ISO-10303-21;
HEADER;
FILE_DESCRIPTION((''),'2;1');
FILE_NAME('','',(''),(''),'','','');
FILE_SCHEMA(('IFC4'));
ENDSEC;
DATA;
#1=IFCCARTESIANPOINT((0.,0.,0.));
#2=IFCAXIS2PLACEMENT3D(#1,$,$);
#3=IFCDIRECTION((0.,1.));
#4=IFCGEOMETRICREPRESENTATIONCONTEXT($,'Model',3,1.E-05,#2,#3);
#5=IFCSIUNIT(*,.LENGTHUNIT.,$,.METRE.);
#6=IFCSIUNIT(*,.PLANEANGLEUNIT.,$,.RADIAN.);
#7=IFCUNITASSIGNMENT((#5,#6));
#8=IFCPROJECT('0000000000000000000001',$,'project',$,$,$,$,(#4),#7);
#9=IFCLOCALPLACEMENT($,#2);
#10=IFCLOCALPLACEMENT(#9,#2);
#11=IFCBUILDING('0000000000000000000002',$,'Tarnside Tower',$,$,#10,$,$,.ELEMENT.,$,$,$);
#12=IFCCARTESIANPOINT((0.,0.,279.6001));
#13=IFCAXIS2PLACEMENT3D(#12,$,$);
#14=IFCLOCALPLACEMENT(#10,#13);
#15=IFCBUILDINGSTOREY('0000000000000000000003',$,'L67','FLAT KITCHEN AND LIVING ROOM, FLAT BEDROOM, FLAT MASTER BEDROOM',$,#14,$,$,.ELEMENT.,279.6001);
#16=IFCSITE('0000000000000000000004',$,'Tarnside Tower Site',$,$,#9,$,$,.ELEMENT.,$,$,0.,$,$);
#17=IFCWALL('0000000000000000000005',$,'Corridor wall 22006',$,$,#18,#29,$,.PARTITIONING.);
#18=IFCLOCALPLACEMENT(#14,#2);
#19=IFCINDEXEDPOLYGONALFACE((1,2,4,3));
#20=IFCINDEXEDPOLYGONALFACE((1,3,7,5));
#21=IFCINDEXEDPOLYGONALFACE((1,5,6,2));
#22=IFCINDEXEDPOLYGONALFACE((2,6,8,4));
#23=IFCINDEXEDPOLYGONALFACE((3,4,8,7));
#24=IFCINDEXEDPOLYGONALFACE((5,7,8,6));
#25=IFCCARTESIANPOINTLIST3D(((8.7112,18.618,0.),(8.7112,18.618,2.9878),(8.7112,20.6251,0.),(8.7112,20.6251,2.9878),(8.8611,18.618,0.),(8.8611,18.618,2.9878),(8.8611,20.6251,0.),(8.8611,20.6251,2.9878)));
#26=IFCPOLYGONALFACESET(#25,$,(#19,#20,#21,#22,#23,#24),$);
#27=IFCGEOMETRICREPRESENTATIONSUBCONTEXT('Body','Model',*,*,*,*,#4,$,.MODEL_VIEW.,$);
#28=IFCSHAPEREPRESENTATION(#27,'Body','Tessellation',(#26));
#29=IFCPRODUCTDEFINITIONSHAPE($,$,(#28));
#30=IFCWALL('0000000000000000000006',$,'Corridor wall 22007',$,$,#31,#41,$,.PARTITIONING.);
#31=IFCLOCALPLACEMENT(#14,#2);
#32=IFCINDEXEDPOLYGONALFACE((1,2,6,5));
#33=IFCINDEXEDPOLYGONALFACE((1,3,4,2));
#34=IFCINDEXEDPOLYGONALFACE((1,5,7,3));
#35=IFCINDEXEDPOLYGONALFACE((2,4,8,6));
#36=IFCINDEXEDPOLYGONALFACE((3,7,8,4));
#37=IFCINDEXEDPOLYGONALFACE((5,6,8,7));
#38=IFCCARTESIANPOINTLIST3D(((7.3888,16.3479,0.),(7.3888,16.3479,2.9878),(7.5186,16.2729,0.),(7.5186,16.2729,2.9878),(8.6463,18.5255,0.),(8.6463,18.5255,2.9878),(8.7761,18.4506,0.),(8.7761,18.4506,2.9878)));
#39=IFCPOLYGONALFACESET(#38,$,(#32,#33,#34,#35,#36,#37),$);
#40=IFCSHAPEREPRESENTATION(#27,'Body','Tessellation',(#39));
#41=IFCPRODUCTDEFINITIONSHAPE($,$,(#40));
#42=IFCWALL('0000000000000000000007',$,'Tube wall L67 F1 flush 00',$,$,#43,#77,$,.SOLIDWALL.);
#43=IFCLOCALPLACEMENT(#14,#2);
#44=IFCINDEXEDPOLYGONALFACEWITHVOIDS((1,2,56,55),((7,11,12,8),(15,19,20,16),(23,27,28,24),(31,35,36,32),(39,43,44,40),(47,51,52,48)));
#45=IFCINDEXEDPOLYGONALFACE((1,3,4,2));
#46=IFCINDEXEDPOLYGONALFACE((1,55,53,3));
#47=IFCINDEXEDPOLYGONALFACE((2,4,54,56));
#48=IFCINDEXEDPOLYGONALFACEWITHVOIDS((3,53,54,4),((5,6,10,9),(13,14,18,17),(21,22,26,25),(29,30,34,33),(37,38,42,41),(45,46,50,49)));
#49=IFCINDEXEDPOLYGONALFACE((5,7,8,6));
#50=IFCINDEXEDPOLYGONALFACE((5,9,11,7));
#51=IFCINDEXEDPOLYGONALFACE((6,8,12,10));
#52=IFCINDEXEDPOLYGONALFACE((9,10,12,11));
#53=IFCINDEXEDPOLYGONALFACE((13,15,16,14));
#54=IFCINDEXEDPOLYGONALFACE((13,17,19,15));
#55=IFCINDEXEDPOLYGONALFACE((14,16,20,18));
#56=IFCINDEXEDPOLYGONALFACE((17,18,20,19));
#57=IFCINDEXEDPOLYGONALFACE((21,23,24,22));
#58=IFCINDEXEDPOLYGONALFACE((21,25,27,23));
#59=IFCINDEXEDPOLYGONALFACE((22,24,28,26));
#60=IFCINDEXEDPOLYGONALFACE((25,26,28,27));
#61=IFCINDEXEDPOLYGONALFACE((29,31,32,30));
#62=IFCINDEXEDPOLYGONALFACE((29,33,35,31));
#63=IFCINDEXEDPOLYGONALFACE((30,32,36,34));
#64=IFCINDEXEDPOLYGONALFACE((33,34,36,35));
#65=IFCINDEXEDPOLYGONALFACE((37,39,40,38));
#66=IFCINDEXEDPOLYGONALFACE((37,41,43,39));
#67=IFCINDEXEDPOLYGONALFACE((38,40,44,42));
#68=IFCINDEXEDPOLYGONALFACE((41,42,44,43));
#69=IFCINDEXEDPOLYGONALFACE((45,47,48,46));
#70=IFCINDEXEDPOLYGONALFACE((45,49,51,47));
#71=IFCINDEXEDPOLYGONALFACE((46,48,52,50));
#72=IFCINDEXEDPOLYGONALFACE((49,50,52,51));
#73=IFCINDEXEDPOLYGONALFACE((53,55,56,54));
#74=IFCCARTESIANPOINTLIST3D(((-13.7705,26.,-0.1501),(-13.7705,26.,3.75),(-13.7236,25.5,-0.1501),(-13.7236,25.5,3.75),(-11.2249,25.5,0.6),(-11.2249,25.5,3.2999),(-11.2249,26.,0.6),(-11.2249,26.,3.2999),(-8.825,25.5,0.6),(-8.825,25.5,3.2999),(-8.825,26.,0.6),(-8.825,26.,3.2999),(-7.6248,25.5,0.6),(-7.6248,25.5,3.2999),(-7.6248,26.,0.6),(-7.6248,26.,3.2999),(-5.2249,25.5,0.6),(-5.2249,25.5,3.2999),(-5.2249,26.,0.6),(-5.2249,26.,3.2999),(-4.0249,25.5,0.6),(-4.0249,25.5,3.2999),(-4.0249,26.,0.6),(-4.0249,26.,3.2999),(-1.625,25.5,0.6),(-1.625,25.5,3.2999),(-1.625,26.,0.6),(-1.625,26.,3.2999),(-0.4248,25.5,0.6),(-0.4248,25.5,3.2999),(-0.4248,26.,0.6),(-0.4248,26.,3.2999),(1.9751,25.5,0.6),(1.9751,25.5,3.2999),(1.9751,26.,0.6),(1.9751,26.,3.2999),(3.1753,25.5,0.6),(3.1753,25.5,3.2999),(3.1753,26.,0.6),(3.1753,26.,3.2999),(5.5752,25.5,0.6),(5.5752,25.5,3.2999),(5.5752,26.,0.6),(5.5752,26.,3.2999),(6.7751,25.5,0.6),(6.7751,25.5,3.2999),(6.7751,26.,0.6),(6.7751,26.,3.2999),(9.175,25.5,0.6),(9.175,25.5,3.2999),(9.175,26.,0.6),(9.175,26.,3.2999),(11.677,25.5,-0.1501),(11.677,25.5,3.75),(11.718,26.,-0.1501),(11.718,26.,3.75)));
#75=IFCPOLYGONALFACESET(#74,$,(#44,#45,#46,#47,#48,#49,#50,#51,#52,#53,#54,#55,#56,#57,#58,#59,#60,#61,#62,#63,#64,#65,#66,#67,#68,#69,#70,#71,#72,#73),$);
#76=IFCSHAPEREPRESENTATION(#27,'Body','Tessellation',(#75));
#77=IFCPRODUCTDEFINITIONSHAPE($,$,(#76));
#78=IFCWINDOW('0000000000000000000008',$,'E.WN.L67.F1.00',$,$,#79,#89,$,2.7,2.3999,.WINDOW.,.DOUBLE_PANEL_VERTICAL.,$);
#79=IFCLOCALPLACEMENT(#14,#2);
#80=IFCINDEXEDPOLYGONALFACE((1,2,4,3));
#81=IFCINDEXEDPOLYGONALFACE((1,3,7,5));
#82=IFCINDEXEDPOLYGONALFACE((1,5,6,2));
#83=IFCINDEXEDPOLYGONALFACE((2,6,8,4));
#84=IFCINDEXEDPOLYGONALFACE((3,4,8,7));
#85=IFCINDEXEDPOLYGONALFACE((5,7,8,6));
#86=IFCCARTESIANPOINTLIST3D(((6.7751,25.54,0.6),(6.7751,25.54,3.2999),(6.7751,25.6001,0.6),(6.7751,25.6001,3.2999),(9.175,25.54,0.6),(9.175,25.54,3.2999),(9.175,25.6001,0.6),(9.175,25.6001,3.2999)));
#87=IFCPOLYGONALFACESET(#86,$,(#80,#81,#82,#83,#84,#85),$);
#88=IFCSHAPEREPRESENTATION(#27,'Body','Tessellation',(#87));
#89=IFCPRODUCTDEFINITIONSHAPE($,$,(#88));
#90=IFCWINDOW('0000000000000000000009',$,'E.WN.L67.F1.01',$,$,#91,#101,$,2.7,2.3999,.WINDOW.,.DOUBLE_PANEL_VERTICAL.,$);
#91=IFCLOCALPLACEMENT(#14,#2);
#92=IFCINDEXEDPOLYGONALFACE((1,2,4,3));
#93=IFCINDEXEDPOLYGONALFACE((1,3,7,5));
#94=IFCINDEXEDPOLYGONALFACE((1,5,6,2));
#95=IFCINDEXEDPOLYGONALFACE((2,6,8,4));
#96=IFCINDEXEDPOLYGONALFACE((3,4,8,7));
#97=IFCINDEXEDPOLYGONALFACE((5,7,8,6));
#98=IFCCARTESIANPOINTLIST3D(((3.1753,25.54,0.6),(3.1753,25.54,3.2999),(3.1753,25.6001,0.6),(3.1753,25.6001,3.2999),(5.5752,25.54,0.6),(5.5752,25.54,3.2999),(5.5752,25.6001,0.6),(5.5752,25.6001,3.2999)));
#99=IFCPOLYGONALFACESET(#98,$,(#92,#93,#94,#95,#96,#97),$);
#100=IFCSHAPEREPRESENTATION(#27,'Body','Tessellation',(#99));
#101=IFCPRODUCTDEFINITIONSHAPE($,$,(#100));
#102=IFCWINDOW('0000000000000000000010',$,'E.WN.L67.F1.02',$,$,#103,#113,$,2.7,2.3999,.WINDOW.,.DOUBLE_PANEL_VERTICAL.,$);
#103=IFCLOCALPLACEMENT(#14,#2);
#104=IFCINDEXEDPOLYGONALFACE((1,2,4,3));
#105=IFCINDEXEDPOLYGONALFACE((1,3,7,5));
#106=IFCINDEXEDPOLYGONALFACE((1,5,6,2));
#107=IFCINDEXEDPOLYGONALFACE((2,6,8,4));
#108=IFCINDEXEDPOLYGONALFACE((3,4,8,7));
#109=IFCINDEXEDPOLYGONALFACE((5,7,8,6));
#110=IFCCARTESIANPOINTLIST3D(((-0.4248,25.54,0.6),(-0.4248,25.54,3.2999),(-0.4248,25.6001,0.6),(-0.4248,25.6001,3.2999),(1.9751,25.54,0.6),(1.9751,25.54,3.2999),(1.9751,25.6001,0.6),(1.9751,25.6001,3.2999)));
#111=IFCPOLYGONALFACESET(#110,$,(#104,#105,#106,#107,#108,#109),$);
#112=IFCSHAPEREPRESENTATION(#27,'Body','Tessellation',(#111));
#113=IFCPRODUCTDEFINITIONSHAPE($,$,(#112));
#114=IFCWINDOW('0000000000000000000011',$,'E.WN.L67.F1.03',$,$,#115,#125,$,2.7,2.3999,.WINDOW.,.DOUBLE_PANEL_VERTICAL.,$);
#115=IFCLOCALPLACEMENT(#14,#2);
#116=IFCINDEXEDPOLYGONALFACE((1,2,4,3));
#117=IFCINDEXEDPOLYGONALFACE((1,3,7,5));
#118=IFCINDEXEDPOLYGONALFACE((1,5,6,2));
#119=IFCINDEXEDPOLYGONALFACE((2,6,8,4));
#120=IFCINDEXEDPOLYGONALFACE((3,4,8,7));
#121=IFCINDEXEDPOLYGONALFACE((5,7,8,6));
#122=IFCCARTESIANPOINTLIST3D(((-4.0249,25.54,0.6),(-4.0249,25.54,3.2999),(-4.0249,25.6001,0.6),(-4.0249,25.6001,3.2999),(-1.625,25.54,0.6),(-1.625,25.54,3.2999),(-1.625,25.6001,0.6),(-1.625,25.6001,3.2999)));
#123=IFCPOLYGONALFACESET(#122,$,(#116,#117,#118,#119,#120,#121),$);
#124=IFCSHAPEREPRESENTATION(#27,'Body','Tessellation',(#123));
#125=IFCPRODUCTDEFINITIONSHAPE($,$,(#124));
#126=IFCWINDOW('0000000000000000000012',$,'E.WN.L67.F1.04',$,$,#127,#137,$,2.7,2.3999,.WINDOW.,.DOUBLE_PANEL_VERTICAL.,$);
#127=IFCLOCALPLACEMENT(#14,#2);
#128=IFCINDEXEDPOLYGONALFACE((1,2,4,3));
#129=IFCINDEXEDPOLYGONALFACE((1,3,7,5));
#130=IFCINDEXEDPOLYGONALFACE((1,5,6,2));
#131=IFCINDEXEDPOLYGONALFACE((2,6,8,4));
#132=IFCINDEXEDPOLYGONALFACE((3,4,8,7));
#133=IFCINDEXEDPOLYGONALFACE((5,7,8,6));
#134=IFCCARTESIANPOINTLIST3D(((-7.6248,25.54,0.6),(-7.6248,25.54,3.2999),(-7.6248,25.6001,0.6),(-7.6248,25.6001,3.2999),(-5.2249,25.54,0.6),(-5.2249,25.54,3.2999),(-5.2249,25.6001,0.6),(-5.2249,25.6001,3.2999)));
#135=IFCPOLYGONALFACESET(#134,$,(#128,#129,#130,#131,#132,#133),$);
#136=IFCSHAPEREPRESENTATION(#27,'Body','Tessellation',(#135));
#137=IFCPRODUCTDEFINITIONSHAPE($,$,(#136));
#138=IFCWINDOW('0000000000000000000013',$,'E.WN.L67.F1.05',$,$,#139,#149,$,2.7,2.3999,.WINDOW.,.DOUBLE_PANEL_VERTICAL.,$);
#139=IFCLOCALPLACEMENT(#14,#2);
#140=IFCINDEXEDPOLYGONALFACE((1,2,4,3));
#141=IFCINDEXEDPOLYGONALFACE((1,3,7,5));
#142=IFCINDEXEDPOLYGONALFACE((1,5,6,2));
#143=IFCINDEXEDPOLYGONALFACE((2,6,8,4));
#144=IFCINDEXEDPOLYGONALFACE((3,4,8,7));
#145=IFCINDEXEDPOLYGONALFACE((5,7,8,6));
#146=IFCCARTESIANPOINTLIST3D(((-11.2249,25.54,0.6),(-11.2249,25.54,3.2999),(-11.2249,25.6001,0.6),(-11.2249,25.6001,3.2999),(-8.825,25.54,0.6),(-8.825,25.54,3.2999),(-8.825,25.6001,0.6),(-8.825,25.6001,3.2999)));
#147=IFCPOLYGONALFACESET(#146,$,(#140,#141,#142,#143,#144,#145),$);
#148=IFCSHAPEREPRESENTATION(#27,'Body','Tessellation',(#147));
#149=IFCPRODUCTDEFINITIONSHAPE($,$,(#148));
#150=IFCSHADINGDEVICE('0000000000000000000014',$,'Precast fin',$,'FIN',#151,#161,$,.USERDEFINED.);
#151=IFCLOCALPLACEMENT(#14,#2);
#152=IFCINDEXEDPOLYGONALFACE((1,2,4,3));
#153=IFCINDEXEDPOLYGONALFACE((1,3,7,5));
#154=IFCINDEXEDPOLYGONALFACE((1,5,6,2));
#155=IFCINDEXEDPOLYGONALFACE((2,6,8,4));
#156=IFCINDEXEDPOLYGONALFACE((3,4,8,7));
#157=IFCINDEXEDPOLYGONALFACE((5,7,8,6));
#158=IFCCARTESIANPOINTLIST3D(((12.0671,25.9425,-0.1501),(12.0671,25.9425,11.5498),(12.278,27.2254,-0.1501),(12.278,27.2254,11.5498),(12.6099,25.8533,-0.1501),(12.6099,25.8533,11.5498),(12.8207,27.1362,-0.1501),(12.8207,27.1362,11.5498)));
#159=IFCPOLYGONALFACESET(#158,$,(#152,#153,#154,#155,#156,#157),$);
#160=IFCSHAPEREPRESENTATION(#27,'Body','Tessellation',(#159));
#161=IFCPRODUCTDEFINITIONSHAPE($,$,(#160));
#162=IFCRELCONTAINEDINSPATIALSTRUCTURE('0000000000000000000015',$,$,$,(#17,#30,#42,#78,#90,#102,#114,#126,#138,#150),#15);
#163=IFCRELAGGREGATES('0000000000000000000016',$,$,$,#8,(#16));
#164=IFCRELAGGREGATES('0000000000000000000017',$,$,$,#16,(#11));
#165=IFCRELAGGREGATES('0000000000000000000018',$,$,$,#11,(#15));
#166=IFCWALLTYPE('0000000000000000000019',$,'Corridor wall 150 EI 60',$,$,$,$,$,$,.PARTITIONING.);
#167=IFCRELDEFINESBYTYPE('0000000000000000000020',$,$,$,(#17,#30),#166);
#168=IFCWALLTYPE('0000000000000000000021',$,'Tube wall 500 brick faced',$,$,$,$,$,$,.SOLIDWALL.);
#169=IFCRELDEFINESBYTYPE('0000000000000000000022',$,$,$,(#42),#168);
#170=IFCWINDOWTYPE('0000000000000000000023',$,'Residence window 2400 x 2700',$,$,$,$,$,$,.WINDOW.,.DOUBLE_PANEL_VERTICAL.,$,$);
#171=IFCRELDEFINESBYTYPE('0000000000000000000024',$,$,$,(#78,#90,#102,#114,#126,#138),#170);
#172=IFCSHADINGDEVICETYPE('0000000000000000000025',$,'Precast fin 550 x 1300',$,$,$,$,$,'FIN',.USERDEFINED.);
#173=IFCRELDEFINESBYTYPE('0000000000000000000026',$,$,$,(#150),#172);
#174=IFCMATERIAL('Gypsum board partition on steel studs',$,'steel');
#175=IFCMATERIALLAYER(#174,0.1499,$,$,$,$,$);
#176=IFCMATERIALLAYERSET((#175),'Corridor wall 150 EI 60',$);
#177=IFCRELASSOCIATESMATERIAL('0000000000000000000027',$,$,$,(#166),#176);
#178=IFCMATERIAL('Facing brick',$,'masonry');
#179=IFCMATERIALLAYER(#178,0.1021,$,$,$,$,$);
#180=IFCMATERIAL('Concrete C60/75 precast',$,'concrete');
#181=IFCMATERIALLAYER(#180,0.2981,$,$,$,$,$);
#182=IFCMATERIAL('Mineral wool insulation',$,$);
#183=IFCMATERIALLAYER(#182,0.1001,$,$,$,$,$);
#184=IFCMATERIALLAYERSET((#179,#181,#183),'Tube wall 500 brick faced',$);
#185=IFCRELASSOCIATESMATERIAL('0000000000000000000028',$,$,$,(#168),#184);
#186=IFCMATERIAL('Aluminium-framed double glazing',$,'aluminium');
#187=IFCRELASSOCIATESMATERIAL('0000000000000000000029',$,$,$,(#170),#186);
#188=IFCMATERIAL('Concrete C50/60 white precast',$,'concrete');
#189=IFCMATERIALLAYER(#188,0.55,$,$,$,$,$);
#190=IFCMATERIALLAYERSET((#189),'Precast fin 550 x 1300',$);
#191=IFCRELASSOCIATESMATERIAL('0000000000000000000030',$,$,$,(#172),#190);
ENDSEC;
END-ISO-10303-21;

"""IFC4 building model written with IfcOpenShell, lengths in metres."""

from ifc_helpers import new_model, si_unit, direction, frame, frame_2d, origin, place, context, subcontext, project, spatial, polyline, rectangle, outline, extrude, material, layer, layer_set, type_object, element, fill, save


model = new_model("IFC4")

# Units and contexts
model_context = context("Model", 3, precision=1e-05, world=origin(), true_north=direction((0.0, 1.0)))
body_context = subcontext(model_context, "Body", "Model", "MODEL_VIEW")
ifc_project = project(units=[si_unit("LENGTHUNIT", "METRE"), si_unit("PLANEANGLEUNIT", "RADIAN")], contexts=[model_context])

# Site, building, storey
site_placement = place(None, origin())
site = spatial("IfcSite", under=ifc_project, at=site_placement, Name="Tarnside Tower Site", CompositionType="ELEMENT", RefElevation=0.0)
building_placement = place(site_placement, origin())
building = spatial("IfcBuilding", under=site, at=building_placement, Name="Tarnside Tower", CompositionType="ELEMENT")
storey_placement = place(building_placement, frame((0.0, 0.0, 279.6001)))
storey = spatial("IfcBuildingStorey", under=building, at=storey_placement, Name="L67", Description="FLAT KITCHEN AND LIVING ROOM, FLAT BEDROOM, FLAT MASTER BEDROOM", CompositionType="ELEMENT", Elevation=279.6001)

# Shared definitions
ifc_material_1 = material(Name="Gypsum board partition on steel studs", Category="steel")

# Shared definitions
ifc_layer_1 = layer(ifc_material_1, 0.1499)
ifc_layer_set_1 = layer_set([ifc_layer_1], Name="Corridor wall 150 EI 60")
wall_type_1 = type_object("IfcWallType", Name="Corridor wall 150 EI 60", PredefinedType="PARTITIONING", material=ifc_layer_set_1)

# Walls
wall_1_placement = place(storey_placement, frame((8.7861, 20.625, 0.0), z_axis=(0.0, 0.0, 1.0), x_axis=(0.0, -1.0, 0.0)))
element("IfcWall", 1, at=wall_1_placement, inside=storey, type_object=wall_type_1, Name="Corridor wall 22006", PredefinedType="PARTITIONING", context=body_context, shape_type="SweptSolid", body=[
    extrude(rectangle(XDim=2.0071, YDim=0.1499, at=frame_2d((1.0034, 0.0))), origin(), (0.0, 0.0, 1.0), 2.9878),
])
wall_2_placement = place(storey_placement, frame((8.7112, 18.488, 0.0), z_axis=(0.0, 0.0, 1.0), x_axis=(-0.500075, -0.865982, 0.0)))
element("IfcWall", 2, at=wall_2_placement, inside=storey, type_object=wall_type_1, Name="Corridor wall 22007", PredefinedType="PARTITIONING", context=body_context, shape_type="SweptSolid", body=[
    extrude(rectangle(XDim=2.5146, YDim=0.1499, at=frame_2d((1.2573, 0.0))), origin(), (0.0, 0.0, 1.0), 2.9878),
])

# Wall, openings, windows
ifc_material_2 = material(Name="Facing brick", Category="masonry")
ifc_layer_2 = layer(ifc_material_2, 0.1021)
ifc_material_3 = material(Name="Concrete C60/75 precast", Category="concrete")
ifc_layer_3 = layer(ifc_material_3, 0.2981)
ifc_material_4 = material(Name="Mineral wool insulation")
ifc_layer_4 = layer(ifc_material_4, 0.1001)
ifc_layer_set_2 = layer_set([ifc_layer_2, ifc_layer_3, ifc_layer_4], Name="Tube wall 500 brick faced")
wall_type_2 = type_object("IfcWallType", Name="Tube wall 500 brick faced", PredefinedType="SOLIDWALL", material=ifc_layer_set_2)
wall_3_placement = place(storey_placement, frame((11.6975, 25.75, -0.1501), z_axis=(0.0, 0.0, 1.0), x_axis=(-1.0, 0.0, 0.0)))
wall_3 = element("IfcWall", 3, at=wall_3_placement, inside=storey, type_object=wall_type_2, Name="Tube wall L67 F1 flush 00", PredefinedType="SOLIDWALL", context=body_context, shape_type="SweptSolid", body=[
    extrude(outline(polyline([(-0.0205, -0.25), (25.468, -0.25), (25.4211, 0.25), (0.0205, 0.25), (-0.0205, -0.25)])), origin(), (0.0, 0.0, 1.0), 3.9001),
])
opening_1_placement = place(wall_3_placement, frame((2.5225, 0.0, 0.75)))
opening_1 = element("IfcOpeningElement", 4, at=opening_1_placement, cuts=wall_3, PredefinedType="OPENING", context=body_context, shape_type="SweptSolid", body=[
    extrude(rectangle(XDim=2.3999, YDim=2.7, at=frame_2d((1.2, 1.3501))), frame((0.0, 0.26, 0.0), z_axis=(0.0, -1.0, 0.0), x_axis=(1.0, 0.0, 0.0)), (0.0, 0.0, 1.0), 0.52),
])
opening_2_placement = place(wall_3_placement, frame((6.1223, 0.0, 0.75)))
opening_2 = element("IfcOpeningElement", 5, at=opening_2_placement, cuts=wall_3, PredefinedType="OPENING", context=body_context, shape_type="SweptSolid", body=[
    extrude(rectangle(XDim=2.3999, YDim=2.7, at=frame_2d((1.2, 1.3501))), frame((0.0, 0.26, 0.0), z_axis=(0.0, -1.0, 0.0), x_axis=(1.0, 0.0, 0.0)), (0.0, 0.0, 1.0), 0.52),
])
opening_3_placement = place(wall_3_placement, frame((9.7224, 0.0, 0.75)))
opening_3 = element("IfcOpeningElement", 6, at=opening_3_placement, cuts=wall_3, PredefinedType="OPENING", context=body_context, shape_type="SweptSolid", body=[
    extrude(rectangle(XDim=2.3999, YDim=2.7, at=frame_2d((1.2, 1.3501))), frame((0.0, 0.26, 0.0), z_axis=(0.0, -1.0, 0.0), x_axis=(1.0, 0.0, 0.0)), (0.0, 0.0, 1.0), 0.52),
])
opening_4_placement = place(wall_3_placement, frame((13.3225, 0.0, 0.75)))
opening_4 = element("IfcOpeningElement", 7, at=opening_4_placement, cuts=wall_3, PredefinedType="OPENING", context=body_context, shape_type="SweptSolid", body=[
    extrude(rectangle(XDim=2.3999, YDim=2.7, at=frame_2d((1.2, 1.3501))), frame((0.0, 0.26, 0.0), z_axis=(0.0, -1.0, 0.0), x_axis=(1.0, 0.0, 0.0)), (0.0, 0.0, 1.0), 0.52),
])
opening_5_placement = place(wall_3_placement, frame((16.9224, 0.0, 0.75)))
opening_5 = element("IfcOpeningElement", 8, at=opening_5_placement, cuts=wall_3, PredefinedType="OPENING", context=body_context, shape_type="SweptSolid", body=[
    extrude(rectangle(XDim=2.3999, YDim=2.7, at=frame_2d((1.2, 1.3501))), frame((0.0, 0.26, 0.0), z_axis=(0.0, -1.0, 0.0), x_axis=(1.0, 0.0, 0.0)), (0.0, 0.0, 1.0), 0.52),
])
opening_6_placement = place(wall_3_placement, frame((20.5225, 0.0, 0.75)))
opening_6 = element("IfcOpeningElement", 9, at=opening_6_placement, cuts=wall_3, PredefinedType="OPENING", context=body_context, shape_type="SweptSolid", body=[
    extrude(rectangle(XDim=2.3999, YDim=2.7, at=frame_2d((1.2, 1.3501))), frame((0.0, 0.26, 0.0), z_axis=(0.0, -1.0, 0.0), x_axis=(1.0, 0.0, 0.0)), (0.0, 0.0, 1.0), 0.52),
])
ifc_material_5 = material(Name="Aluminium-framed double glazing", Category="aluminium")
window_type = type_object("IfcWindowType", Name="Residence window 2400 x 2700", PartitioningType="DOUBLE_PANEL_VERTICAL", PredefinedType="WINDOW", material=ifc_material_5)
window_1_placement = place(opening_1_placement, frame((0.0, 0.1799, 0.0)))
window_1 = element("IfcWindow", 10, at=window_1_placement, inside=storey, type_object=window_type, Name="E.WN.L67.F1.00", OverallHeight=2.7, OverallWidth=2.3999, PartitioningType="DOUBLE_PANEL_VERTICAL", PredefinedType="WINDOW", context=body_context, shape_type="SweptSolid", body=[
    extrude(rectangle(XDim=2.3999, YDim=2.7, at=frame_2d((1.2, 1.3501))), frame((0.0, 0.03, 0.0), z_axis=(0.0, -1.0, 0.0), x_axis=(1.0, 0.0, 0.0)), (0.0, 0.0, 1.0), 0.0601),
])
fill(opening_1, window_1)
window_2_placement = place(opening_2_placement, frame((0.0, 0.1799, 0.0)))
window_2 = element("IfcWindow", 11, at=window_2_placement, inside=storey, type_object=window_type, Name="E.WN.L67.F1.01", OverallHeight=2.7, OverallWidth=2.3999, PartitioningType="DOUBLE_PANEL_VERTICAL", PredefinedType="WINDOW", context=body_context, shape_type="SweptSolid", body=[
    extrude(rectangle(XDim=2.3999, YDim=2.7, at=frame_2d((1.2, 1.3501))), frame((0.0, 0.03, 0.0), z_axis=(0.0, -1.0, 0.0), x_axis=(1.0, 0.0, 0.0)), (0.0, 0.0, 1.0), 0.0601),
])
fill(opening_2, window_2)
window_3_placement = place(opening_3_placement, frame((0.0, 0.1799, 0.0)))
window_3 = element("IfcWindow", 12, at=window_3_placement, inside=storey, type_object=window_type, Name="E.WN.L67.F1.02", OverallHeight=2.7, OverallWidth=2.3999, PartitioningType="DOUBLE_PANEL_VERTICAL", PredefinedType="WINDOW", context=body_context, shape_type="SweptSolid", body=[
    extrude(rectangle(XDim=2.3999, YDim=2.7, at=frame_2d((1.2, 1.3501))), frame((0.0, 0.03, 0.0), z_axis=(0.0, -1.0, 0.0), x_axis=(1.0, 0.0, 0.0)), (0.0, 0.0, 1.0), 0.0601),
])
fill(opening_3, window_3)
window_4_placement = place(opening_4_placement, frame((0.0, 0.1799, 0.0)))
window_4 = element("IfcWindow", 13, at=window_4_placement, inside=storey, type_object=window_type, Name="E.WN.L67.F1.03", OverallHeight=2.7, OverallWidth=2.3999, PartitioningType="DOUBLE_PANEL_VERTICAL", PredefinedType="WINDOW", context=body_context, shape_type="SweptSolid", body=[
    extrude(rectangle(XDim=2.3999, YDim=2.7, at=frame_2d((1.2, 1.3501))), frame((0.0, 0.03, 0.0), z_axis=(0.0, -1.0, 0.0), x_axis=(1.0, 0.0, 0.0)), (0.0, 0.0, 1.0), 0.0601),
])
fill(opening_4, window_4)
window_5_placement = place(opening_5_placement, frame((0.0, 0.1799, 0.0)))
window_5 = element("IfcWindow", 14, at=window_5_placement, inside=storey, type_object=window_type, Name="E.WN.L67.F1.04", OverallHeight=2.7, OverallWidth=2.3999, PartitioningType="DOUBLE_PANEL_VERTICAL", PredefinedType="WINDOW", context=body_context, shape_type="SweptSolid", body=[
    extrude(rectangle(XDim=2.3999, YDim=2.7, at=frame_2d((1.2, 1.3501))), frame((0.0, 0.03, 0.0), z_axis=(0.0, -1.0, 0.0), x_axis=(1.0, 0.0, 0.0)), (0.0, 0.0, 1.0), 0.0601),
])
fill(opening_5, window_5)
window_6_placement = place(opening_6_placement, frame((0.0, 0.1799, 0.0)))
window_6 = element("IfcWindow", 15, at=window_6_placement, inside=storey, type_object=window_type, Name="E.WN.L67.F1.05", OverallHeight=2.7, OverallWidth=2.3999, PartitioningType="DOUBLE_PANEL_VERTICAL", PredefinedType="WINDOW", context=body_context, shape_type="SweptSolid", body=[
    extrude(rectangle(XDim=2.3999, YDim=2.7, at=frame_2d((1.2, 1.3501))), frame((0.0, 0.03, 0.0), z_axis=(0.0, -1.0, 0.0), x_axis=(1.0, 0.0, 0.0)), (0.0, 0.0, 1.0), 0.0601),
])
fill(opening_6, window_6)

# Shading device
ifc_material_6 = material(Name="Concrete C50/60 white precast", Category="concrete")
ifc_layer_5 = layer(ifc_material_6, 0.55)
ifc_layer_set_3 = layer_set([ifc_layer_5], Name="Precast fin 550 x 1300")
shading_device_type_1 = type_object("IfcShadingDeviceType", Name="Precast fin 550 x 1300", ElementType="FIN", PredefinedType="USERDEFINED", material=ifc_layer_set_3)
shading_device_placement = place(storey_placement, frame((12.3384, 25.8979, -0.1501), z_axis=(0.986762, -0.162178, 0.0), x_axis=(0.162178, 0.986762, 0.0)))
element("IfcShadingDevice", 16, at=shading_device_placement, inside=storey, type_object=shading_device_type_1, Name="Precast fin", ObjectType="FIN", PredefinedType="USERDEFINED", context=body_context, shape_type="SweptSolid", body=[
    extrude(outline(polyline([(0.0, 0.0), (1.3, 0.0), (1.3, 11.7), (0.0, 11.7), (0.0, 0.0)])), frame((0.0, 0.0, -0.2749)), (0.0, 0.0, 1.0), 0.55),
])

save(model, "model.ifc")
